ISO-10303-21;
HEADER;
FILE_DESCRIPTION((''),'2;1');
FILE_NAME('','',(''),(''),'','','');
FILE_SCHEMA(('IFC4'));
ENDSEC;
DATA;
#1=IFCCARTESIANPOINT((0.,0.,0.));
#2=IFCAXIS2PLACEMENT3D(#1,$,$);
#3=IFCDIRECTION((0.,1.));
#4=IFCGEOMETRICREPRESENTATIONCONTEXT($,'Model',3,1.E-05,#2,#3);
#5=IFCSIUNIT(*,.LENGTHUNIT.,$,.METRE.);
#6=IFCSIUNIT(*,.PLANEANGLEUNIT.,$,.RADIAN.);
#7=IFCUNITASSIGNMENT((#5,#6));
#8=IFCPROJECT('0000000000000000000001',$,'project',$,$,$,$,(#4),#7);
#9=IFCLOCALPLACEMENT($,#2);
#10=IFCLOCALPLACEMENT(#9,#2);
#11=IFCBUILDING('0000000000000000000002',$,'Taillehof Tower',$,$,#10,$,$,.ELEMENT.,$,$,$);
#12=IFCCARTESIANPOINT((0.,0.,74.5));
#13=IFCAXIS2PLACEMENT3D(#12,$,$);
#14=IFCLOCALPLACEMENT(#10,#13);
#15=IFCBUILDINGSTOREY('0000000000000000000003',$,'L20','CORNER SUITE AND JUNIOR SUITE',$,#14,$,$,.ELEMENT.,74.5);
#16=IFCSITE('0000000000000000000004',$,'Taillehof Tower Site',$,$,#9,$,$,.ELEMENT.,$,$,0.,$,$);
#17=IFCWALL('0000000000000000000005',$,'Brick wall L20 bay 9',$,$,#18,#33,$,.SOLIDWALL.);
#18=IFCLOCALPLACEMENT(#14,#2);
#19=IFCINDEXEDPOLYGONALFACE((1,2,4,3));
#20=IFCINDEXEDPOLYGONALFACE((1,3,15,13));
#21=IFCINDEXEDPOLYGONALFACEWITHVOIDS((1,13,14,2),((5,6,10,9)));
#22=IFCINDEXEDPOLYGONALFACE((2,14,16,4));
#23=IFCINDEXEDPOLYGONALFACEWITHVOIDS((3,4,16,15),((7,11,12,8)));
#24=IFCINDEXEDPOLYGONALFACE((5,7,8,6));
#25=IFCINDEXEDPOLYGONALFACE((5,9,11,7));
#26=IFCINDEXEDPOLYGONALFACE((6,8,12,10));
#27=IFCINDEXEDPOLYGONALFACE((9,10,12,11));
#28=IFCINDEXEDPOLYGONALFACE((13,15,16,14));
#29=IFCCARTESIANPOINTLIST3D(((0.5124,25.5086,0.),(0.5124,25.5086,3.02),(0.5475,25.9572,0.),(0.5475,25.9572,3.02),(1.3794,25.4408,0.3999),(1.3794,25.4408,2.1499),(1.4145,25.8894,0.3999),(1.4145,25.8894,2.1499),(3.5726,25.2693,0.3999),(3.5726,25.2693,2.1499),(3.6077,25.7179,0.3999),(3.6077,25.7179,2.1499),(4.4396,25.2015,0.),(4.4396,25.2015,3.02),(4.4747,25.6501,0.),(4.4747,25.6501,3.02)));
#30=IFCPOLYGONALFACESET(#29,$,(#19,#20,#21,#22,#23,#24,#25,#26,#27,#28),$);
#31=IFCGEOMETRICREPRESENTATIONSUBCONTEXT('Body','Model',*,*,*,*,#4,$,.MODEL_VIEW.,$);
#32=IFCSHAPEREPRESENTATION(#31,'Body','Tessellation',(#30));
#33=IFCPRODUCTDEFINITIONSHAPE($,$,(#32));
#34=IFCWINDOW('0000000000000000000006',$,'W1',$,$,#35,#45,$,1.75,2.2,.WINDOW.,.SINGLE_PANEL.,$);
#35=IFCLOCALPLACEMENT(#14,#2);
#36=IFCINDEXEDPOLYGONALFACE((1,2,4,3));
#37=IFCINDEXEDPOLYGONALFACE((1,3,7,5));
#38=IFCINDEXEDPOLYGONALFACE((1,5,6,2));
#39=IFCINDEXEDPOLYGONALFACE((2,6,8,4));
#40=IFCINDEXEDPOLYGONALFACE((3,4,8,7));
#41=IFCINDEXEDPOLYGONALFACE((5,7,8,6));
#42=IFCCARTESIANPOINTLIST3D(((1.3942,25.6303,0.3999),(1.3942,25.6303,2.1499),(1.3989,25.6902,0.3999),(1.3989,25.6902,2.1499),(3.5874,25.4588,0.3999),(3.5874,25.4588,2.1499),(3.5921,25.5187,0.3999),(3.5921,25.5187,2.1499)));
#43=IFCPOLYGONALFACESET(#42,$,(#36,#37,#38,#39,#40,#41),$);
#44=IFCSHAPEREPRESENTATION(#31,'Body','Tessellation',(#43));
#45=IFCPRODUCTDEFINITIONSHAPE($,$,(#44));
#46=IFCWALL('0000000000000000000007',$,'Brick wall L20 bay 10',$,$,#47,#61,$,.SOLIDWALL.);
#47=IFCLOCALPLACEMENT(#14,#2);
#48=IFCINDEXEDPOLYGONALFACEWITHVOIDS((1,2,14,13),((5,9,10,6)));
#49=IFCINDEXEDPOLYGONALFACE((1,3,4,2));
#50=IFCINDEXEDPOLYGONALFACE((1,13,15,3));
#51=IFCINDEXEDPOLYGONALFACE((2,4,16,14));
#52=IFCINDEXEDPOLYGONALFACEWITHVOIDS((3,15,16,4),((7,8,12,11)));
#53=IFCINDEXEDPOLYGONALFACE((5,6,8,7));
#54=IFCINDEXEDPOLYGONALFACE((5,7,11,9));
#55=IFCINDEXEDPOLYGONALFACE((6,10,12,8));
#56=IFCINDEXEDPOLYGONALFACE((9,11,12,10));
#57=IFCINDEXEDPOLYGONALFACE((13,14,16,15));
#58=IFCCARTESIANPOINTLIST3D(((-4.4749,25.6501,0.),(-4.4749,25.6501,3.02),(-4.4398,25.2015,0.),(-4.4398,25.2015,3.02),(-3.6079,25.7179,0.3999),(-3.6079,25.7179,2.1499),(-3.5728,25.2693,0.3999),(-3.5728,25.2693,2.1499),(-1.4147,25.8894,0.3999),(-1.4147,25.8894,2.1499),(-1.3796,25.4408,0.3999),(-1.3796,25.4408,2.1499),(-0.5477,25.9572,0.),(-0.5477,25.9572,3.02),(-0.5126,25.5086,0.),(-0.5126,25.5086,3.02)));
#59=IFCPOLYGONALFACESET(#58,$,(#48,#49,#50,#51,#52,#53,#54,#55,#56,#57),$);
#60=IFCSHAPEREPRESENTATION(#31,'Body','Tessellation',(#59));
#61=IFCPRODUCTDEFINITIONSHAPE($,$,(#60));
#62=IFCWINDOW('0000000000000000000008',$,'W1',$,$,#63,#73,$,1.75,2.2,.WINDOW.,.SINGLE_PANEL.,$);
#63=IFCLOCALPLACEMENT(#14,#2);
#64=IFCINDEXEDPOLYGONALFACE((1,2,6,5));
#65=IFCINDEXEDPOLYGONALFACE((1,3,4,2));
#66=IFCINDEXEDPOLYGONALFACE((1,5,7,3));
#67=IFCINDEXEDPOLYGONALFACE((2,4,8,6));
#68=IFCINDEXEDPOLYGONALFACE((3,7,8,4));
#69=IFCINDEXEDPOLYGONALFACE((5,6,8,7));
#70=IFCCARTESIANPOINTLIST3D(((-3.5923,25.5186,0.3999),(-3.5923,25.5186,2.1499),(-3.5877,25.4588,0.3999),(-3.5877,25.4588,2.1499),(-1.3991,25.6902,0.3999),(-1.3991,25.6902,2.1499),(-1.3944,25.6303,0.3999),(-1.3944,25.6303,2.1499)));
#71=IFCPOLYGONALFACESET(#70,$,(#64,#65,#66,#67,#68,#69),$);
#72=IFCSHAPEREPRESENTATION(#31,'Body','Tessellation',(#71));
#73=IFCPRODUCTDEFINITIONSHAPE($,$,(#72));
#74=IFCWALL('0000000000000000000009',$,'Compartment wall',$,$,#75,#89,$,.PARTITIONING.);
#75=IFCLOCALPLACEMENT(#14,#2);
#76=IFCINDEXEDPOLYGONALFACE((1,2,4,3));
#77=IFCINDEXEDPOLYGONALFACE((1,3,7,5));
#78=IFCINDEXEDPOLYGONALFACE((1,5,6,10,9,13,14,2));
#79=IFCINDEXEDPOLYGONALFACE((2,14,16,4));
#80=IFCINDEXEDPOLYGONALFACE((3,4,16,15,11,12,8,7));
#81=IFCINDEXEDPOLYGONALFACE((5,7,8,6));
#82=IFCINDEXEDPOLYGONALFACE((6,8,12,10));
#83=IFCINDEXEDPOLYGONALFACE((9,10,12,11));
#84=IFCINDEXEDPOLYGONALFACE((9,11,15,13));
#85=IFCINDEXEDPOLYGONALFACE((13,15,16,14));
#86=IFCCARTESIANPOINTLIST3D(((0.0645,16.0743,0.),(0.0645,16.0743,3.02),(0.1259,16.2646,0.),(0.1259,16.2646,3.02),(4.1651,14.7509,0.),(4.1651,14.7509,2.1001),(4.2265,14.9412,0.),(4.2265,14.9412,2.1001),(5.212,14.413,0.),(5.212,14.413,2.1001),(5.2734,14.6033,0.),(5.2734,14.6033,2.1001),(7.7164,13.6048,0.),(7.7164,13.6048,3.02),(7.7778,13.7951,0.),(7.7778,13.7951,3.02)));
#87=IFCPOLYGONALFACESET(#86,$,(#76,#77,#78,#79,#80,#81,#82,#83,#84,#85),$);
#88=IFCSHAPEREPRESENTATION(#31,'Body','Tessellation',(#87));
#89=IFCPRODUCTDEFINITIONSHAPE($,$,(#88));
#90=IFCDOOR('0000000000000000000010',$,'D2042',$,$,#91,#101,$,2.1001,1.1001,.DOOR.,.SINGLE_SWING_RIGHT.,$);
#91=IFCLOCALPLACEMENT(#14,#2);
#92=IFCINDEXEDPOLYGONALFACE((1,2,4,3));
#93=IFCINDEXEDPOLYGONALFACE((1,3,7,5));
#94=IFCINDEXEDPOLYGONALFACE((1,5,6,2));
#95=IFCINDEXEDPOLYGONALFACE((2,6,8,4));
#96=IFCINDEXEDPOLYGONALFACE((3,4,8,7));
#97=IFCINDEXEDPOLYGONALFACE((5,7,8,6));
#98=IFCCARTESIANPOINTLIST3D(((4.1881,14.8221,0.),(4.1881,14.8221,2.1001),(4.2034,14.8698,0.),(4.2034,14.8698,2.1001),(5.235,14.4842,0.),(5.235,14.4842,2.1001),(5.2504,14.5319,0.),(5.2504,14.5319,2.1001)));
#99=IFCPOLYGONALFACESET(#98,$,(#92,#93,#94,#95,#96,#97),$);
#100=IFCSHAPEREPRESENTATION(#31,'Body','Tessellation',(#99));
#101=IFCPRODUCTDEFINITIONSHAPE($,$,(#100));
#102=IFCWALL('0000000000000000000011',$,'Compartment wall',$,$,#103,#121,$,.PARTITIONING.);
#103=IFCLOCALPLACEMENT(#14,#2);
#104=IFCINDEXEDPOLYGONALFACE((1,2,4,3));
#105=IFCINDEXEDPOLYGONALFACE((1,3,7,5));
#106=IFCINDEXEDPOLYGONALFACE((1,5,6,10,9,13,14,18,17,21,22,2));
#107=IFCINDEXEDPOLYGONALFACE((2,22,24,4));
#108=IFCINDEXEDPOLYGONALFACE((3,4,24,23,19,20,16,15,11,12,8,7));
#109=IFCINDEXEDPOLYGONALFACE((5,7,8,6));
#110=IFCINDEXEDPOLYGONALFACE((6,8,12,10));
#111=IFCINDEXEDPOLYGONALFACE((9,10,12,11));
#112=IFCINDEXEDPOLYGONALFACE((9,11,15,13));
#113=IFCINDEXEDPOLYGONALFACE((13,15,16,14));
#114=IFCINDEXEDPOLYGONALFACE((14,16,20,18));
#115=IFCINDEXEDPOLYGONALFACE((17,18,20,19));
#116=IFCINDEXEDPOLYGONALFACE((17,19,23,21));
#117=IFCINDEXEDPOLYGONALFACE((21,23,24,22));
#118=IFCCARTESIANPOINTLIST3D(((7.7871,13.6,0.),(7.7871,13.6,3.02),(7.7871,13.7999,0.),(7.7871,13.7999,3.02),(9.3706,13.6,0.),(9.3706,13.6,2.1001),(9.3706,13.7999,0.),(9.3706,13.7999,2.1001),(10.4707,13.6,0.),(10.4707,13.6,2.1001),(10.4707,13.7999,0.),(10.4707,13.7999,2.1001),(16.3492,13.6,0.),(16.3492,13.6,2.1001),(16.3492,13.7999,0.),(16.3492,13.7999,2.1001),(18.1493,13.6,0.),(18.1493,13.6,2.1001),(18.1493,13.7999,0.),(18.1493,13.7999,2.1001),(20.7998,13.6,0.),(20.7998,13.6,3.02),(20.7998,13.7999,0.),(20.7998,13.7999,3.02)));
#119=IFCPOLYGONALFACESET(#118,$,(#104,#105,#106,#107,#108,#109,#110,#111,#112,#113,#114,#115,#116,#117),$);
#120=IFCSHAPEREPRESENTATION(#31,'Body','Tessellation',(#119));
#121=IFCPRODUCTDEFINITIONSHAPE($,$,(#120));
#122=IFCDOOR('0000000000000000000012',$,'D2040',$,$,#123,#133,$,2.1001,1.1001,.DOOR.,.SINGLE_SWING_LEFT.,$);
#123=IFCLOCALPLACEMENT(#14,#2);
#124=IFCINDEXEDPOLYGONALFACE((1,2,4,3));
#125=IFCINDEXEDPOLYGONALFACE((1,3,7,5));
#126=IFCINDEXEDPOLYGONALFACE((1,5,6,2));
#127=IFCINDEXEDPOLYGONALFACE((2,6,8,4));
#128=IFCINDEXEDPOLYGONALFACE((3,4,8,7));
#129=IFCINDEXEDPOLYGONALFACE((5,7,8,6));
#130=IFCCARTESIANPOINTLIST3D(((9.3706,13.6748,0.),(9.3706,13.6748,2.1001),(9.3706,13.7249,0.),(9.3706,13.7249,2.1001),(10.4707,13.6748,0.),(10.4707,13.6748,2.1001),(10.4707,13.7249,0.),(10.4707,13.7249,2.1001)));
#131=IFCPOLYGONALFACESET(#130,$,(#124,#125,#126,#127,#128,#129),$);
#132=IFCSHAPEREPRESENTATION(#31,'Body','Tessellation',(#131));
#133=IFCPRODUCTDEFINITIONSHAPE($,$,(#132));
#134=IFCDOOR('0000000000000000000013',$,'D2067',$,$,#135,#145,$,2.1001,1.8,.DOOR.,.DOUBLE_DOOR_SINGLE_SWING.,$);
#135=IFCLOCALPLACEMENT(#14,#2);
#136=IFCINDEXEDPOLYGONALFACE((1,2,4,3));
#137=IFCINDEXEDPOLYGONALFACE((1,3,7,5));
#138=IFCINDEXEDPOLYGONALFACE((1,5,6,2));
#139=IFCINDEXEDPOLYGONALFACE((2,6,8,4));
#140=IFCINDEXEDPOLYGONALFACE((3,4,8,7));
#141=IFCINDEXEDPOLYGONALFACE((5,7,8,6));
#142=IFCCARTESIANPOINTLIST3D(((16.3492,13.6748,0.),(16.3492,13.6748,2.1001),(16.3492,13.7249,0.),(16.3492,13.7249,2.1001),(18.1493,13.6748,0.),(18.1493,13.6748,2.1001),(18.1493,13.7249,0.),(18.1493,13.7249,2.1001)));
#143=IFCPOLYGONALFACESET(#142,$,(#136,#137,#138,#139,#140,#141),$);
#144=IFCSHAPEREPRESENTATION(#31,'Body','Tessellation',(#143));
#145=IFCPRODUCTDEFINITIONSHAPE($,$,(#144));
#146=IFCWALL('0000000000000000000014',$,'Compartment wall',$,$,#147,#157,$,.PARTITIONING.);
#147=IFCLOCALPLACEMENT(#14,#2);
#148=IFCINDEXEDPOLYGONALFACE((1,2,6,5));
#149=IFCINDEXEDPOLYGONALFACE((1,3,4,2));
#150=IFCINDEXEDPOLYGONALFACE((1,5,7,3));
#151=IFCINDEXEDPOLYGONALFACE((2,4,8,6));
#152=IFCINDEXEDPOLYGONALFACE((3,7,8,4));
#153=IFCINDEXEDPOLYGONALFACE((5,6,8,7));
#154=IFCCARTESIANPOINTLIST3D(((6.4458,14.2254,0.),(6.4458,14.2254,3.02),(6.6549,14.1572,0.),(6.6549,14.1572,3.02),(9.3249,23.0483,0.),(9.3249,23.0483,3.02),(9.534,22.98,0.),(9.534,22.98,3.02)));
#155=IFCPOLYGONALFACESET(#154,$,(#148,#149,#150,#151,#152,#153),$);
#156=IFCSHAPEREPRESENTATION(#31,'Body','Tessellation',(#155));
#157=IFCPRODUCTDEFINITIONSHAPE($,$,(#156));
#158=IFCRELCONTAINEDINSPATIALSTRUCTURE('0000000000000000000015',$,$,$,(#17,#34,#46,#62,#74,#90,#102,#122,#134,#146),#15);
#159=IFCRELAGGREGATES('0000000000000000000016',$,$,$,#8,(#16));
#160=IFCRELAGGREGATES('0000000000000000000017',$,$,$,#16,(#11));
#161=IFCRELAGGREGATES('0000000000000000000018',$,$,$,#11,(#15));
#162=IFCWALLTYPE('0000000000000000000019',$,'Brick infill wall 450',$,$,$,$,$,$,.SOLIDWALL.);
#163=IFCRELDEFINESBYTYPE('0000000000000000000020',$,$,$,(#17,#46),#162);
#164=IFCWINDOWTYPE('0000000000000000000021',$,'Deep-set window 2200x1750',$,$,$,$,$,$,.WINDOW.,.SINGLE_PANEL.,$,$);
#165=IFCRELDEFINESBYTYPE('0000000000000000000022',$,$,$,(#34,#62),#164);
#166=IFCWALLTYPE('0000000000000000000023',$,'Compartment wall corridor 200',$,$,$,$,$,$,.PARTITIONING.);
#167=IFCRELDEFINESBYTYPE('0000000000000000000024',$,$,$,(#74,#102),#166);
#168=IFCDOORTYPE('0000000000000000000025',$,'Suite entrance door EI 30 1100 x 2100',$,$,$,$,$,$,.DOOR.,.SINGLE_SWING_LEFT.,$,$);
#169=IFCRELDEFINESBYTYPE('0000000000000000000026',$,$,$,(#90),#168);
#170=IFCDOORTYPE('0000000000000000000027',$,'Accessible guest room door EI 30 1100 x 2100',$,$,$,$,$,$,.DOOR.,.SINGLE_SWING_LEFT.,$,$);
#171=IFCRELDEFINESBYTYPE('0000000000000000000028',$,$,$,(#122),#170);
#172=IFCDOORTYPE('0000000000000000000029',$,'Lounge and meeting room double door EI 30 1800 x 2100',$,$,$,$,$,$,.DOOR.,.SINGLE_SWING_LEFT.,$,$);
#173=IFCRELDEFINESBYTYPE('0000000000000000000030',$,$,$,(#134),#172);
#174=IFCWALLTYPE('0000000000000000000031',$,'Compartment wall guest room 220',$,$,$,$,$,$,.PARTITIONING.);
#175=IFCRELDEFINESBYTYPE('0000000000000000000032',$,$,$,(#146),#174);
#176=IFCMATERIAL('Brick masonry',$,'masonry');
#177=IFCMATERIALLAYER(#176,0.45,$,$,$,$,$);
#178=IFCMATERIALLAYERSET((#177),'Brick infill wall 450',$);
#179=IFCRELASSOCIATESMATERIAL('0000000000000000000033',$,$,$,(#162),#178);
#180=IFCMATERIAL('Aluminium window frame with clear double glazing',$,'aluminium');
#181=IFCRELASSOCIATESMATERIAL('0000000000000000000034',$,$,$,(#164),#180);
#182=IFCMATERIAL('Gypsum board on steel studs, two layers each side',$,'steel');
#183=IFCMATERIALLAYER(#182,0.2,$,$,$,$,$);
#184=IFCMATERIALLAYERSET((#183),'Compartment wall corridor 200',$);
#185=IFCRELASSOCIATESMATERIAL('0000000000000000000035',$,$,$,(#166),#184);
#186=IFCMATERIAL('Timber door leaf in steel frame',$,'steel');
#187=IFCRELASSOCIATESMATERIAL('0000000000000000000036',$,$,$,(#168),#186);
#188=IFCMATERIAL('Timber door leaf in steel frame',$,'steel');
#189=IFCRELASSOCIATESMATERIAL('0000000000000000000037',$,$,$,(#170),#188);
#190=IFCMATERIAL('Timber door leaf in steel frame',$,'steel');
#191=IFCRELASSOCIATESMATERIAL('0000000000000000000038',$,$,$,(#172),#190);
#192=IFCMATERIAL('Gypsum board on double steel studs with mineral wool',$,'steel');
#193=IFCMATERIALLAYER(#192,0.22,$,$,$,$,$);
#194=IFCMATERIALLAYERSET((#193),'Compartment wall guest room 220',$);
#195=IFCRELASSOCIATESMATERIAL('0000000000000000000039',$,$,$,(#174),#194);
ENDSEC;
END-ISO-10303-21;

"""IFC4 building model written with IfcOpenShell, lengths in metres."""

from ifc_helpers import new_model, si_unit, direction, frame, frame_2d, origin, place, context, subcontext, project, spatial, rectangle, extrude, material, layer, layer_set, type_object, element, fill, save


model = new_model("IFC4")

# Units and contexts
model_context = context("Model", 3, precision=1e-05, world=origin(), true_north=direction((0.0, 1.0)))
body_context = subcontext(model_context, "Body", "Model", "MODEL_VIEW")
ifc_project = project(units=[si_unit("LENGTHUNIT", "METRE"), si_unit("PLANEANGLEUNIT", "RADIAN")], contexts=[model_context])

# Site, building, storey
site_placement = place(None, origin())
site = spatial("IfcSite", under=ifc_project, at=site_placement, Name="Taillehof Tower Site", CompositionType="ELEMENT", RefElevation=0.0)
building_placement = place(site_placement, origin())
building = spatial("IfcBuilding", under=site, at=building_placement, Name="Taillehof Tower", CompositionType="ELEMENT")
storey_placement = place(building_placement, frame((0.0, 0.0, 74.5)))
storey = spatial("IfcBuildingStorey", under=building, at=storey_placement, Name="L20", Description="CORNER SUITE AND JUNIOR SUITE", CompositionType="ELEMENT", Elevation=74.5)

# Walls, openings, windows
ifc_material_1 = material(Name="Brick masonry", Category="masonry")
ifc_layer_1 = layer(ifc_material_1, 0.45)
ifc_layer_set_1 = layer_set([ifc_layer_1], Name="Brick infill wall 450")
wall_type_1 = type_object("IfcWallType", Name="Brick infill wall 450", PredefinedType="SOLIDWALL", material=ifc_layer_set_1)
ifc_material_2 = material(Name="Aluminium window frame with clear double glazing", Category="aluminium")
window_type = type_object("IfcWindowType", Name="Deep-set window 2200x1750", PartitioningType="SINGLE_PANEL", PredefinedType="WINDOW", material=ifc_material_2)
wall_1_placement = place(storey_placement, frame((4.4573, 25.4258, 0.0), z_axis=(0.0, 0.0, 1.0), x_axis=(-0.996956, 0.077967, 0.0)))
wall_1 = element("IfcWall", 1, at=wall_1_placement, inside=storey, type_object=wall_type_1, Name="Brick wall L20 bay 9", PredefinedType="SOLIDWALL", context=body_context, shape_type="SweptSolid", body=[
    extrude(rectangle(XDim=3.9392, YDim=0.45, at=frame_2d((1.9697, 0.0))), origin(), (0.0, 0.0, 1.0), 3.02),
])
opening_1_placement = place(wall_1_placement, frame((0.8696, 0.0, 0.3999)))
opening_1 = element("IfcOpeningElement", 2, at=opening_1_placement, cuts=wall_1, PredefinedType="OPENING", context=body_context, shape_type="SweptSolid", body=[
    extrude(rectangle(XDim=2.2, YDim=1.75, at=frame_2d((1.1001, 0.875))), frame((0.0, 0.2349, 0.0), z_axis=(0.0, -1.0, 0.0), x_axis=(1.0, 0.0, 0.0)), (0.0, 0.0, 1.0), 0.47),
])
window_1_placement = place(opening_1_placement, origin())
window_1 = element("IfcWindow", 3, at=window_1_placement, inside=storey, type_object=window_type, Name="W1", OverallHeight=1.75, OverallWidth=2.2, PartitioningType="SINGLE_PANEL", PredefinedType="WINDOW", context=body_context, shape_type="SweptSolid", body=[
    extrude(rectangle(XDim=2.2, YDim=1.75, at=frame_2d((1.1001, 0.875))), frame((0.0, 0.0349, 0.0), z_axis=(0.0, -1.0, 0.0), x_axis=(1.0, 0.0, 0.0)), (0.0, 0.0, 1.0), 0.0601),
])
fill(opening_1, window_1)
wall_2_placement = place(storey_placement, frame((-0.53, 25.7329, 0.0), z_axis=(0.0, 0.0, 1.0), x_axis=(-0.996956, -0.077967, 0.0)))
wall_2 = element("IfcWall", 4, at=wall_2_placement, inside=storey, type_object=wall_type_1, Name="Brick wall L20 bay 10", PredefinedType="SOLIDWALL", context=body_context, shape_type="SweptSolid", body=[
    extrude(rectangle(XDim=3.9392, YDim=0.45, at=frame_2d((1.9697, 0.0))), origin(), (0.0, 0.0, 1.0), 3.02),
])
opening_2_placement = place(wall_2_placement, frame((0.8696, 0.0, 0.3999)))
opening_2 = element("IfcOpeningElement", 5, at=opening_2_placement, cuts=wall_2, PredefinedType="OPENING", context=body_context, shape_type="SweptSolid", body=[
    extrude(rectangle(XDim=2.2, YDim=1.75, at=frame_2d((1.1001, 0.875))), frame((0.0, 0.2349, 0.0), z_axis=(0.0, -1.0, 0.0), x_axis=(1.0, 0.0, 0.0)), (0.0, 0.0, 1.0), 0.47),
])
window_2_placement = place(opening_2_placement, origin())
window_2 = element("IfcWindow", 6, at=window_2_placement, inside=storey, type_object=window_type, Name="W1", OverallHeight=1.75, OverallWidth=2.2, PartitioningType="SINGLE_PANEL", PredefinedType="WINDOW", context=body_context, shape_type="SweptSolid", body=[
    extrude(rectangle(XDim=2.2, YDim=1.75, at=frame_2d((1.1001, 0.875))), frame((0.0, 0.0349, 0.0), z_axis=(0.0, -1.0, 0.0), x_axis=(1.0, 0.0, 0.0)), (0.0, 0.0, 1.0), 0.0601),
])
fill(opening_2, window_2)

# Wall, opening, door
ifc_material_3 = material(Name="Gypsum board on steel studs, two layers each side", Category="steel")
ifc_layer_2 = layer(ifc_material_3, 0.2)
ifc_layer_set_2 = layer_set([ifc_layer_2], Name="Compartment wall corridor 200")
wall_type_2 = type_object("IfcWallType", Name="Compartment wall corridor 200", PredefinedType="PARTITIONING", material=ifc_layer_set_2)
wall_3_placement = place(storey_placement, frame((0.0952, 16.1694, 0.0), z_axis=(0.0, 0.0, 1.0), x_axis=(0.951667, -0.307131, 0.0)))
wall_3 = element("IfcWall", 7, at=wall_3_placement, inside=storey, type_object=wall_type_2, Name="Compartment wall", PredefinedType="PARTITIONING", context=body_context, shape_type="SweptSolid", body=[
    extrude(rectangle(XDim=8.0405, YDim=0.2, at=frame_2d((4.0203, 0.0))), origin(), (0.0, 0.0, 1.0), 3.02),
])
opening_3_placement = place(wall_3_placement, frame((4.3088, 0.0, 0.0)))
opening_3 = element("IfcOpeningElement", 8, at=opening_3_placement, cuts=wall_3, PredefinedType="OPENING", context=body_context, shape_type="SweptSolid", body=[
    extrude(rectangle(XDim=1.1001, YDim=2.1001, at=frame_2d((0.55, 1.05))), frame((0.0, 0.1099, 0.0), z_axis=(0.0, -1.0, 0.0), x_axis=(1.0, 0.0, 0.0)), (0.0, 0.0, 1.0), 0.22),
])
ifc_material_4 = material(Name="Timber door leaf in steel frame", Category="steel")
door_type_1 = type_object("IfcDoorType", Name="Suite entrance door EI 30 1100 x 2100", OperationType="SINGLE_SWING_LEFT", PredefinedType="DOOR", material=ifc_material_4)
door_1_placement = place(opening_3_placement, origin())
door_1 = element("IfcDoor", 9, at=door_1_placement, inside=storey, type_object=door_type_1, Name="D2042", OperationType="SINGLE_SWING_RIGHT", OverallHeight=2.1001, OverallWidth=1.1001, PredefinedType="DOOR", context=body_context, shape_type="SweptSolid", body=[
    extrude(rectangle(XDim=1.1001, YDim=2.1001, at=frame_2d((0.55, 1.05))), frame((0.0, 0.0249, 0.0), z_axis=(0.0, -1.0, 0.0), x_axis=(1.0, 0.0, 0.0)), (0.0, 0.0, 1.0), 0.05),
])
fill(opening_3, door_1)

# Wall, openings, doors
wall_4_placement = place(storey_placement, frame((7.7871, 13.7, 0.0), z_axis=(0.0, 0.0, 1.0), x_axis=(1.0, 0.0, 0.0)))
wall_4 = element("IfcWall", 10, at=wall_4_placement, inside=storey, type_object=wall_type_2, Name="Compartment wall", PredefinedType="PARTITIONING", context=body_context, shape_type="SweptSolid", body=[
    extrude(rectangle(XDim=13.0127, YDim=0.2, at=frame_2d((6.5063, 0.0))), origin(), (0.0, 0.0, 1.0), 3.02),
])
opening_4_placement = place(wall_4_placement, frame((1.5835, 0.0, 0.0)))
opening_4 = element("IfcOpeningElement", 11, at=opening_4_placement, cuts=wall_4, PredefinedType="OPENING", context=body_context, shape_type="SweptSolid", body=[
    extrude(rectangle(XDim=1.1001, YDim=2.1001, at=frame_2d((0.55, 1.05))), frame((0.0, 0.1099, 0.0), z_axis=(0.0, -1.0, 0.0), x_axis=(1.0, 0.0, 0.0)), (0.0, 0.0, 1.0), 0.22),
])
opening_5_placement = place(wall_4_placement, frame((8.5623, 0.0, 0.0)))
opening_5 = element("IfcOpeningElement", 12, at=opening_5_placement, cuts=wall_4, PredefinedType="OPENING", context=body_context, shape_type="SweptSolid", body=[
    extrude(rectangle(XDim=1.8, YDim=2.1001, at=frame_2d((0.8999, 1.05))), frame((0.0, 0.1099, 0.0), z_axis=(0.0, -1.0, 0.0), x_axis=(1.0, 0.0, 0.0)), (0.0, 0.0, 1.0), 0.22),
])
ifc_material_5 = material(Name="Timber door leaf in steel frame", Category="steel")
door_type_2 = type_object("IfcDoorType", Name="Accessible guest room door EI 30 1100 x 2100", OperationType="SINGLE_SWING_LEFT", PredefinedType="DOOR", material=ifc_material_5)
door_2_placement = place(opening_4_placement, origin())
door_2 = element("IfcDoor", 13, at=door_2_placement, inside=storey, type_object=door_type_2, Name="D2040", OperationType="SINGLE_SWING_LEFT", OverallHeight=2.1001, OverallWidth=1.1001, PredefinedType="DOOR", context=body_context, shape_type="SweptSolid", body=[
    extrude(rectangle(XDim=1.1001, YDim=2.1001, at=frame_2d((0.55, 1.05))), frame((0.0, 0.0249, 0.0), z_axis=(0.0, -1.0, 0.0), x_axis=(1.0, 0.0, 0.0)), (0.0, 0.0, 1.0), 0.05),
])
fill(opening_4, door_2)
ifc_material_6 = material(Name="Timber door leaf in steel frame", Category="steel")
door_type_3 = type_object("IfcDoorType", Name="Lounge and meeting room double door EI 30 1800 x 2100", OperationType="SINGLE_SWING_LEFT", PredefinedType="DOOR", material=ifc_material_6)
door_3_placement = place(opening_5_placement, origin())
door_3 = element("IfcDoor", 14, at=door_3_placement, inside=storey, type_object=door_type_3, Name="D2067", OperationType="DOUBLE_DOOR_SINGLE_SWING", OverallHeight=2.1001, OverallWidth=1.8, PredefinedType="DOOR", context=body_context, shape_type="SweptSolid", body=[
    extrude(rectangle(XDim=1.8, YDim=2.1001, at=frame_2d((0.8999, 1.05))), frame((0.0, 0.0249, 0.0), z_axis=(0.0, -1.0, 0.0), x_axis=(1.0, 0.0, 0.0)), (0.0, 0.0, 1.0), 0.05),
])
fill(opening_5, door_3)

# Wall
ifc_material_7 = material(Name="Gypsum board on double steel studs with mineral wool", Category="steel")
ifc_layer_3 = layer(ifc_material_7, 0.22)
ifc_layer_set_3 = layer_set([ifc_layer_3], Name="Compartment wall guest room 220")
wall_type_3 = type_object("IfcWallType", Name="Compartment wall guest room 220", PredefinedType="PARTITIONING", material=ifc_layer_set_3)
wall_5_placement = place(storey_placement, frame((9.4294, 23.0142, 0.0), z_axis=(0.0, 0.0, 1.0), x_axis=(-0.310224, -0.950664, 0.0)))
element("IfcWall", 15, at=wall_5_placement, inside=storey, type_object=wall_type_3, Name="Compartment wall", PredefinedType="PARTITIONING", context=body_context, shape_type="SweptSolid", body=[
    extrude(rectangle(XDim=9.2808, YDim=0.22, at=frame_2d((4.6404, 0.0))), origin(), (0.0, 0.0, 1.0), 3.02),
])

save(model, "model.ifc")
